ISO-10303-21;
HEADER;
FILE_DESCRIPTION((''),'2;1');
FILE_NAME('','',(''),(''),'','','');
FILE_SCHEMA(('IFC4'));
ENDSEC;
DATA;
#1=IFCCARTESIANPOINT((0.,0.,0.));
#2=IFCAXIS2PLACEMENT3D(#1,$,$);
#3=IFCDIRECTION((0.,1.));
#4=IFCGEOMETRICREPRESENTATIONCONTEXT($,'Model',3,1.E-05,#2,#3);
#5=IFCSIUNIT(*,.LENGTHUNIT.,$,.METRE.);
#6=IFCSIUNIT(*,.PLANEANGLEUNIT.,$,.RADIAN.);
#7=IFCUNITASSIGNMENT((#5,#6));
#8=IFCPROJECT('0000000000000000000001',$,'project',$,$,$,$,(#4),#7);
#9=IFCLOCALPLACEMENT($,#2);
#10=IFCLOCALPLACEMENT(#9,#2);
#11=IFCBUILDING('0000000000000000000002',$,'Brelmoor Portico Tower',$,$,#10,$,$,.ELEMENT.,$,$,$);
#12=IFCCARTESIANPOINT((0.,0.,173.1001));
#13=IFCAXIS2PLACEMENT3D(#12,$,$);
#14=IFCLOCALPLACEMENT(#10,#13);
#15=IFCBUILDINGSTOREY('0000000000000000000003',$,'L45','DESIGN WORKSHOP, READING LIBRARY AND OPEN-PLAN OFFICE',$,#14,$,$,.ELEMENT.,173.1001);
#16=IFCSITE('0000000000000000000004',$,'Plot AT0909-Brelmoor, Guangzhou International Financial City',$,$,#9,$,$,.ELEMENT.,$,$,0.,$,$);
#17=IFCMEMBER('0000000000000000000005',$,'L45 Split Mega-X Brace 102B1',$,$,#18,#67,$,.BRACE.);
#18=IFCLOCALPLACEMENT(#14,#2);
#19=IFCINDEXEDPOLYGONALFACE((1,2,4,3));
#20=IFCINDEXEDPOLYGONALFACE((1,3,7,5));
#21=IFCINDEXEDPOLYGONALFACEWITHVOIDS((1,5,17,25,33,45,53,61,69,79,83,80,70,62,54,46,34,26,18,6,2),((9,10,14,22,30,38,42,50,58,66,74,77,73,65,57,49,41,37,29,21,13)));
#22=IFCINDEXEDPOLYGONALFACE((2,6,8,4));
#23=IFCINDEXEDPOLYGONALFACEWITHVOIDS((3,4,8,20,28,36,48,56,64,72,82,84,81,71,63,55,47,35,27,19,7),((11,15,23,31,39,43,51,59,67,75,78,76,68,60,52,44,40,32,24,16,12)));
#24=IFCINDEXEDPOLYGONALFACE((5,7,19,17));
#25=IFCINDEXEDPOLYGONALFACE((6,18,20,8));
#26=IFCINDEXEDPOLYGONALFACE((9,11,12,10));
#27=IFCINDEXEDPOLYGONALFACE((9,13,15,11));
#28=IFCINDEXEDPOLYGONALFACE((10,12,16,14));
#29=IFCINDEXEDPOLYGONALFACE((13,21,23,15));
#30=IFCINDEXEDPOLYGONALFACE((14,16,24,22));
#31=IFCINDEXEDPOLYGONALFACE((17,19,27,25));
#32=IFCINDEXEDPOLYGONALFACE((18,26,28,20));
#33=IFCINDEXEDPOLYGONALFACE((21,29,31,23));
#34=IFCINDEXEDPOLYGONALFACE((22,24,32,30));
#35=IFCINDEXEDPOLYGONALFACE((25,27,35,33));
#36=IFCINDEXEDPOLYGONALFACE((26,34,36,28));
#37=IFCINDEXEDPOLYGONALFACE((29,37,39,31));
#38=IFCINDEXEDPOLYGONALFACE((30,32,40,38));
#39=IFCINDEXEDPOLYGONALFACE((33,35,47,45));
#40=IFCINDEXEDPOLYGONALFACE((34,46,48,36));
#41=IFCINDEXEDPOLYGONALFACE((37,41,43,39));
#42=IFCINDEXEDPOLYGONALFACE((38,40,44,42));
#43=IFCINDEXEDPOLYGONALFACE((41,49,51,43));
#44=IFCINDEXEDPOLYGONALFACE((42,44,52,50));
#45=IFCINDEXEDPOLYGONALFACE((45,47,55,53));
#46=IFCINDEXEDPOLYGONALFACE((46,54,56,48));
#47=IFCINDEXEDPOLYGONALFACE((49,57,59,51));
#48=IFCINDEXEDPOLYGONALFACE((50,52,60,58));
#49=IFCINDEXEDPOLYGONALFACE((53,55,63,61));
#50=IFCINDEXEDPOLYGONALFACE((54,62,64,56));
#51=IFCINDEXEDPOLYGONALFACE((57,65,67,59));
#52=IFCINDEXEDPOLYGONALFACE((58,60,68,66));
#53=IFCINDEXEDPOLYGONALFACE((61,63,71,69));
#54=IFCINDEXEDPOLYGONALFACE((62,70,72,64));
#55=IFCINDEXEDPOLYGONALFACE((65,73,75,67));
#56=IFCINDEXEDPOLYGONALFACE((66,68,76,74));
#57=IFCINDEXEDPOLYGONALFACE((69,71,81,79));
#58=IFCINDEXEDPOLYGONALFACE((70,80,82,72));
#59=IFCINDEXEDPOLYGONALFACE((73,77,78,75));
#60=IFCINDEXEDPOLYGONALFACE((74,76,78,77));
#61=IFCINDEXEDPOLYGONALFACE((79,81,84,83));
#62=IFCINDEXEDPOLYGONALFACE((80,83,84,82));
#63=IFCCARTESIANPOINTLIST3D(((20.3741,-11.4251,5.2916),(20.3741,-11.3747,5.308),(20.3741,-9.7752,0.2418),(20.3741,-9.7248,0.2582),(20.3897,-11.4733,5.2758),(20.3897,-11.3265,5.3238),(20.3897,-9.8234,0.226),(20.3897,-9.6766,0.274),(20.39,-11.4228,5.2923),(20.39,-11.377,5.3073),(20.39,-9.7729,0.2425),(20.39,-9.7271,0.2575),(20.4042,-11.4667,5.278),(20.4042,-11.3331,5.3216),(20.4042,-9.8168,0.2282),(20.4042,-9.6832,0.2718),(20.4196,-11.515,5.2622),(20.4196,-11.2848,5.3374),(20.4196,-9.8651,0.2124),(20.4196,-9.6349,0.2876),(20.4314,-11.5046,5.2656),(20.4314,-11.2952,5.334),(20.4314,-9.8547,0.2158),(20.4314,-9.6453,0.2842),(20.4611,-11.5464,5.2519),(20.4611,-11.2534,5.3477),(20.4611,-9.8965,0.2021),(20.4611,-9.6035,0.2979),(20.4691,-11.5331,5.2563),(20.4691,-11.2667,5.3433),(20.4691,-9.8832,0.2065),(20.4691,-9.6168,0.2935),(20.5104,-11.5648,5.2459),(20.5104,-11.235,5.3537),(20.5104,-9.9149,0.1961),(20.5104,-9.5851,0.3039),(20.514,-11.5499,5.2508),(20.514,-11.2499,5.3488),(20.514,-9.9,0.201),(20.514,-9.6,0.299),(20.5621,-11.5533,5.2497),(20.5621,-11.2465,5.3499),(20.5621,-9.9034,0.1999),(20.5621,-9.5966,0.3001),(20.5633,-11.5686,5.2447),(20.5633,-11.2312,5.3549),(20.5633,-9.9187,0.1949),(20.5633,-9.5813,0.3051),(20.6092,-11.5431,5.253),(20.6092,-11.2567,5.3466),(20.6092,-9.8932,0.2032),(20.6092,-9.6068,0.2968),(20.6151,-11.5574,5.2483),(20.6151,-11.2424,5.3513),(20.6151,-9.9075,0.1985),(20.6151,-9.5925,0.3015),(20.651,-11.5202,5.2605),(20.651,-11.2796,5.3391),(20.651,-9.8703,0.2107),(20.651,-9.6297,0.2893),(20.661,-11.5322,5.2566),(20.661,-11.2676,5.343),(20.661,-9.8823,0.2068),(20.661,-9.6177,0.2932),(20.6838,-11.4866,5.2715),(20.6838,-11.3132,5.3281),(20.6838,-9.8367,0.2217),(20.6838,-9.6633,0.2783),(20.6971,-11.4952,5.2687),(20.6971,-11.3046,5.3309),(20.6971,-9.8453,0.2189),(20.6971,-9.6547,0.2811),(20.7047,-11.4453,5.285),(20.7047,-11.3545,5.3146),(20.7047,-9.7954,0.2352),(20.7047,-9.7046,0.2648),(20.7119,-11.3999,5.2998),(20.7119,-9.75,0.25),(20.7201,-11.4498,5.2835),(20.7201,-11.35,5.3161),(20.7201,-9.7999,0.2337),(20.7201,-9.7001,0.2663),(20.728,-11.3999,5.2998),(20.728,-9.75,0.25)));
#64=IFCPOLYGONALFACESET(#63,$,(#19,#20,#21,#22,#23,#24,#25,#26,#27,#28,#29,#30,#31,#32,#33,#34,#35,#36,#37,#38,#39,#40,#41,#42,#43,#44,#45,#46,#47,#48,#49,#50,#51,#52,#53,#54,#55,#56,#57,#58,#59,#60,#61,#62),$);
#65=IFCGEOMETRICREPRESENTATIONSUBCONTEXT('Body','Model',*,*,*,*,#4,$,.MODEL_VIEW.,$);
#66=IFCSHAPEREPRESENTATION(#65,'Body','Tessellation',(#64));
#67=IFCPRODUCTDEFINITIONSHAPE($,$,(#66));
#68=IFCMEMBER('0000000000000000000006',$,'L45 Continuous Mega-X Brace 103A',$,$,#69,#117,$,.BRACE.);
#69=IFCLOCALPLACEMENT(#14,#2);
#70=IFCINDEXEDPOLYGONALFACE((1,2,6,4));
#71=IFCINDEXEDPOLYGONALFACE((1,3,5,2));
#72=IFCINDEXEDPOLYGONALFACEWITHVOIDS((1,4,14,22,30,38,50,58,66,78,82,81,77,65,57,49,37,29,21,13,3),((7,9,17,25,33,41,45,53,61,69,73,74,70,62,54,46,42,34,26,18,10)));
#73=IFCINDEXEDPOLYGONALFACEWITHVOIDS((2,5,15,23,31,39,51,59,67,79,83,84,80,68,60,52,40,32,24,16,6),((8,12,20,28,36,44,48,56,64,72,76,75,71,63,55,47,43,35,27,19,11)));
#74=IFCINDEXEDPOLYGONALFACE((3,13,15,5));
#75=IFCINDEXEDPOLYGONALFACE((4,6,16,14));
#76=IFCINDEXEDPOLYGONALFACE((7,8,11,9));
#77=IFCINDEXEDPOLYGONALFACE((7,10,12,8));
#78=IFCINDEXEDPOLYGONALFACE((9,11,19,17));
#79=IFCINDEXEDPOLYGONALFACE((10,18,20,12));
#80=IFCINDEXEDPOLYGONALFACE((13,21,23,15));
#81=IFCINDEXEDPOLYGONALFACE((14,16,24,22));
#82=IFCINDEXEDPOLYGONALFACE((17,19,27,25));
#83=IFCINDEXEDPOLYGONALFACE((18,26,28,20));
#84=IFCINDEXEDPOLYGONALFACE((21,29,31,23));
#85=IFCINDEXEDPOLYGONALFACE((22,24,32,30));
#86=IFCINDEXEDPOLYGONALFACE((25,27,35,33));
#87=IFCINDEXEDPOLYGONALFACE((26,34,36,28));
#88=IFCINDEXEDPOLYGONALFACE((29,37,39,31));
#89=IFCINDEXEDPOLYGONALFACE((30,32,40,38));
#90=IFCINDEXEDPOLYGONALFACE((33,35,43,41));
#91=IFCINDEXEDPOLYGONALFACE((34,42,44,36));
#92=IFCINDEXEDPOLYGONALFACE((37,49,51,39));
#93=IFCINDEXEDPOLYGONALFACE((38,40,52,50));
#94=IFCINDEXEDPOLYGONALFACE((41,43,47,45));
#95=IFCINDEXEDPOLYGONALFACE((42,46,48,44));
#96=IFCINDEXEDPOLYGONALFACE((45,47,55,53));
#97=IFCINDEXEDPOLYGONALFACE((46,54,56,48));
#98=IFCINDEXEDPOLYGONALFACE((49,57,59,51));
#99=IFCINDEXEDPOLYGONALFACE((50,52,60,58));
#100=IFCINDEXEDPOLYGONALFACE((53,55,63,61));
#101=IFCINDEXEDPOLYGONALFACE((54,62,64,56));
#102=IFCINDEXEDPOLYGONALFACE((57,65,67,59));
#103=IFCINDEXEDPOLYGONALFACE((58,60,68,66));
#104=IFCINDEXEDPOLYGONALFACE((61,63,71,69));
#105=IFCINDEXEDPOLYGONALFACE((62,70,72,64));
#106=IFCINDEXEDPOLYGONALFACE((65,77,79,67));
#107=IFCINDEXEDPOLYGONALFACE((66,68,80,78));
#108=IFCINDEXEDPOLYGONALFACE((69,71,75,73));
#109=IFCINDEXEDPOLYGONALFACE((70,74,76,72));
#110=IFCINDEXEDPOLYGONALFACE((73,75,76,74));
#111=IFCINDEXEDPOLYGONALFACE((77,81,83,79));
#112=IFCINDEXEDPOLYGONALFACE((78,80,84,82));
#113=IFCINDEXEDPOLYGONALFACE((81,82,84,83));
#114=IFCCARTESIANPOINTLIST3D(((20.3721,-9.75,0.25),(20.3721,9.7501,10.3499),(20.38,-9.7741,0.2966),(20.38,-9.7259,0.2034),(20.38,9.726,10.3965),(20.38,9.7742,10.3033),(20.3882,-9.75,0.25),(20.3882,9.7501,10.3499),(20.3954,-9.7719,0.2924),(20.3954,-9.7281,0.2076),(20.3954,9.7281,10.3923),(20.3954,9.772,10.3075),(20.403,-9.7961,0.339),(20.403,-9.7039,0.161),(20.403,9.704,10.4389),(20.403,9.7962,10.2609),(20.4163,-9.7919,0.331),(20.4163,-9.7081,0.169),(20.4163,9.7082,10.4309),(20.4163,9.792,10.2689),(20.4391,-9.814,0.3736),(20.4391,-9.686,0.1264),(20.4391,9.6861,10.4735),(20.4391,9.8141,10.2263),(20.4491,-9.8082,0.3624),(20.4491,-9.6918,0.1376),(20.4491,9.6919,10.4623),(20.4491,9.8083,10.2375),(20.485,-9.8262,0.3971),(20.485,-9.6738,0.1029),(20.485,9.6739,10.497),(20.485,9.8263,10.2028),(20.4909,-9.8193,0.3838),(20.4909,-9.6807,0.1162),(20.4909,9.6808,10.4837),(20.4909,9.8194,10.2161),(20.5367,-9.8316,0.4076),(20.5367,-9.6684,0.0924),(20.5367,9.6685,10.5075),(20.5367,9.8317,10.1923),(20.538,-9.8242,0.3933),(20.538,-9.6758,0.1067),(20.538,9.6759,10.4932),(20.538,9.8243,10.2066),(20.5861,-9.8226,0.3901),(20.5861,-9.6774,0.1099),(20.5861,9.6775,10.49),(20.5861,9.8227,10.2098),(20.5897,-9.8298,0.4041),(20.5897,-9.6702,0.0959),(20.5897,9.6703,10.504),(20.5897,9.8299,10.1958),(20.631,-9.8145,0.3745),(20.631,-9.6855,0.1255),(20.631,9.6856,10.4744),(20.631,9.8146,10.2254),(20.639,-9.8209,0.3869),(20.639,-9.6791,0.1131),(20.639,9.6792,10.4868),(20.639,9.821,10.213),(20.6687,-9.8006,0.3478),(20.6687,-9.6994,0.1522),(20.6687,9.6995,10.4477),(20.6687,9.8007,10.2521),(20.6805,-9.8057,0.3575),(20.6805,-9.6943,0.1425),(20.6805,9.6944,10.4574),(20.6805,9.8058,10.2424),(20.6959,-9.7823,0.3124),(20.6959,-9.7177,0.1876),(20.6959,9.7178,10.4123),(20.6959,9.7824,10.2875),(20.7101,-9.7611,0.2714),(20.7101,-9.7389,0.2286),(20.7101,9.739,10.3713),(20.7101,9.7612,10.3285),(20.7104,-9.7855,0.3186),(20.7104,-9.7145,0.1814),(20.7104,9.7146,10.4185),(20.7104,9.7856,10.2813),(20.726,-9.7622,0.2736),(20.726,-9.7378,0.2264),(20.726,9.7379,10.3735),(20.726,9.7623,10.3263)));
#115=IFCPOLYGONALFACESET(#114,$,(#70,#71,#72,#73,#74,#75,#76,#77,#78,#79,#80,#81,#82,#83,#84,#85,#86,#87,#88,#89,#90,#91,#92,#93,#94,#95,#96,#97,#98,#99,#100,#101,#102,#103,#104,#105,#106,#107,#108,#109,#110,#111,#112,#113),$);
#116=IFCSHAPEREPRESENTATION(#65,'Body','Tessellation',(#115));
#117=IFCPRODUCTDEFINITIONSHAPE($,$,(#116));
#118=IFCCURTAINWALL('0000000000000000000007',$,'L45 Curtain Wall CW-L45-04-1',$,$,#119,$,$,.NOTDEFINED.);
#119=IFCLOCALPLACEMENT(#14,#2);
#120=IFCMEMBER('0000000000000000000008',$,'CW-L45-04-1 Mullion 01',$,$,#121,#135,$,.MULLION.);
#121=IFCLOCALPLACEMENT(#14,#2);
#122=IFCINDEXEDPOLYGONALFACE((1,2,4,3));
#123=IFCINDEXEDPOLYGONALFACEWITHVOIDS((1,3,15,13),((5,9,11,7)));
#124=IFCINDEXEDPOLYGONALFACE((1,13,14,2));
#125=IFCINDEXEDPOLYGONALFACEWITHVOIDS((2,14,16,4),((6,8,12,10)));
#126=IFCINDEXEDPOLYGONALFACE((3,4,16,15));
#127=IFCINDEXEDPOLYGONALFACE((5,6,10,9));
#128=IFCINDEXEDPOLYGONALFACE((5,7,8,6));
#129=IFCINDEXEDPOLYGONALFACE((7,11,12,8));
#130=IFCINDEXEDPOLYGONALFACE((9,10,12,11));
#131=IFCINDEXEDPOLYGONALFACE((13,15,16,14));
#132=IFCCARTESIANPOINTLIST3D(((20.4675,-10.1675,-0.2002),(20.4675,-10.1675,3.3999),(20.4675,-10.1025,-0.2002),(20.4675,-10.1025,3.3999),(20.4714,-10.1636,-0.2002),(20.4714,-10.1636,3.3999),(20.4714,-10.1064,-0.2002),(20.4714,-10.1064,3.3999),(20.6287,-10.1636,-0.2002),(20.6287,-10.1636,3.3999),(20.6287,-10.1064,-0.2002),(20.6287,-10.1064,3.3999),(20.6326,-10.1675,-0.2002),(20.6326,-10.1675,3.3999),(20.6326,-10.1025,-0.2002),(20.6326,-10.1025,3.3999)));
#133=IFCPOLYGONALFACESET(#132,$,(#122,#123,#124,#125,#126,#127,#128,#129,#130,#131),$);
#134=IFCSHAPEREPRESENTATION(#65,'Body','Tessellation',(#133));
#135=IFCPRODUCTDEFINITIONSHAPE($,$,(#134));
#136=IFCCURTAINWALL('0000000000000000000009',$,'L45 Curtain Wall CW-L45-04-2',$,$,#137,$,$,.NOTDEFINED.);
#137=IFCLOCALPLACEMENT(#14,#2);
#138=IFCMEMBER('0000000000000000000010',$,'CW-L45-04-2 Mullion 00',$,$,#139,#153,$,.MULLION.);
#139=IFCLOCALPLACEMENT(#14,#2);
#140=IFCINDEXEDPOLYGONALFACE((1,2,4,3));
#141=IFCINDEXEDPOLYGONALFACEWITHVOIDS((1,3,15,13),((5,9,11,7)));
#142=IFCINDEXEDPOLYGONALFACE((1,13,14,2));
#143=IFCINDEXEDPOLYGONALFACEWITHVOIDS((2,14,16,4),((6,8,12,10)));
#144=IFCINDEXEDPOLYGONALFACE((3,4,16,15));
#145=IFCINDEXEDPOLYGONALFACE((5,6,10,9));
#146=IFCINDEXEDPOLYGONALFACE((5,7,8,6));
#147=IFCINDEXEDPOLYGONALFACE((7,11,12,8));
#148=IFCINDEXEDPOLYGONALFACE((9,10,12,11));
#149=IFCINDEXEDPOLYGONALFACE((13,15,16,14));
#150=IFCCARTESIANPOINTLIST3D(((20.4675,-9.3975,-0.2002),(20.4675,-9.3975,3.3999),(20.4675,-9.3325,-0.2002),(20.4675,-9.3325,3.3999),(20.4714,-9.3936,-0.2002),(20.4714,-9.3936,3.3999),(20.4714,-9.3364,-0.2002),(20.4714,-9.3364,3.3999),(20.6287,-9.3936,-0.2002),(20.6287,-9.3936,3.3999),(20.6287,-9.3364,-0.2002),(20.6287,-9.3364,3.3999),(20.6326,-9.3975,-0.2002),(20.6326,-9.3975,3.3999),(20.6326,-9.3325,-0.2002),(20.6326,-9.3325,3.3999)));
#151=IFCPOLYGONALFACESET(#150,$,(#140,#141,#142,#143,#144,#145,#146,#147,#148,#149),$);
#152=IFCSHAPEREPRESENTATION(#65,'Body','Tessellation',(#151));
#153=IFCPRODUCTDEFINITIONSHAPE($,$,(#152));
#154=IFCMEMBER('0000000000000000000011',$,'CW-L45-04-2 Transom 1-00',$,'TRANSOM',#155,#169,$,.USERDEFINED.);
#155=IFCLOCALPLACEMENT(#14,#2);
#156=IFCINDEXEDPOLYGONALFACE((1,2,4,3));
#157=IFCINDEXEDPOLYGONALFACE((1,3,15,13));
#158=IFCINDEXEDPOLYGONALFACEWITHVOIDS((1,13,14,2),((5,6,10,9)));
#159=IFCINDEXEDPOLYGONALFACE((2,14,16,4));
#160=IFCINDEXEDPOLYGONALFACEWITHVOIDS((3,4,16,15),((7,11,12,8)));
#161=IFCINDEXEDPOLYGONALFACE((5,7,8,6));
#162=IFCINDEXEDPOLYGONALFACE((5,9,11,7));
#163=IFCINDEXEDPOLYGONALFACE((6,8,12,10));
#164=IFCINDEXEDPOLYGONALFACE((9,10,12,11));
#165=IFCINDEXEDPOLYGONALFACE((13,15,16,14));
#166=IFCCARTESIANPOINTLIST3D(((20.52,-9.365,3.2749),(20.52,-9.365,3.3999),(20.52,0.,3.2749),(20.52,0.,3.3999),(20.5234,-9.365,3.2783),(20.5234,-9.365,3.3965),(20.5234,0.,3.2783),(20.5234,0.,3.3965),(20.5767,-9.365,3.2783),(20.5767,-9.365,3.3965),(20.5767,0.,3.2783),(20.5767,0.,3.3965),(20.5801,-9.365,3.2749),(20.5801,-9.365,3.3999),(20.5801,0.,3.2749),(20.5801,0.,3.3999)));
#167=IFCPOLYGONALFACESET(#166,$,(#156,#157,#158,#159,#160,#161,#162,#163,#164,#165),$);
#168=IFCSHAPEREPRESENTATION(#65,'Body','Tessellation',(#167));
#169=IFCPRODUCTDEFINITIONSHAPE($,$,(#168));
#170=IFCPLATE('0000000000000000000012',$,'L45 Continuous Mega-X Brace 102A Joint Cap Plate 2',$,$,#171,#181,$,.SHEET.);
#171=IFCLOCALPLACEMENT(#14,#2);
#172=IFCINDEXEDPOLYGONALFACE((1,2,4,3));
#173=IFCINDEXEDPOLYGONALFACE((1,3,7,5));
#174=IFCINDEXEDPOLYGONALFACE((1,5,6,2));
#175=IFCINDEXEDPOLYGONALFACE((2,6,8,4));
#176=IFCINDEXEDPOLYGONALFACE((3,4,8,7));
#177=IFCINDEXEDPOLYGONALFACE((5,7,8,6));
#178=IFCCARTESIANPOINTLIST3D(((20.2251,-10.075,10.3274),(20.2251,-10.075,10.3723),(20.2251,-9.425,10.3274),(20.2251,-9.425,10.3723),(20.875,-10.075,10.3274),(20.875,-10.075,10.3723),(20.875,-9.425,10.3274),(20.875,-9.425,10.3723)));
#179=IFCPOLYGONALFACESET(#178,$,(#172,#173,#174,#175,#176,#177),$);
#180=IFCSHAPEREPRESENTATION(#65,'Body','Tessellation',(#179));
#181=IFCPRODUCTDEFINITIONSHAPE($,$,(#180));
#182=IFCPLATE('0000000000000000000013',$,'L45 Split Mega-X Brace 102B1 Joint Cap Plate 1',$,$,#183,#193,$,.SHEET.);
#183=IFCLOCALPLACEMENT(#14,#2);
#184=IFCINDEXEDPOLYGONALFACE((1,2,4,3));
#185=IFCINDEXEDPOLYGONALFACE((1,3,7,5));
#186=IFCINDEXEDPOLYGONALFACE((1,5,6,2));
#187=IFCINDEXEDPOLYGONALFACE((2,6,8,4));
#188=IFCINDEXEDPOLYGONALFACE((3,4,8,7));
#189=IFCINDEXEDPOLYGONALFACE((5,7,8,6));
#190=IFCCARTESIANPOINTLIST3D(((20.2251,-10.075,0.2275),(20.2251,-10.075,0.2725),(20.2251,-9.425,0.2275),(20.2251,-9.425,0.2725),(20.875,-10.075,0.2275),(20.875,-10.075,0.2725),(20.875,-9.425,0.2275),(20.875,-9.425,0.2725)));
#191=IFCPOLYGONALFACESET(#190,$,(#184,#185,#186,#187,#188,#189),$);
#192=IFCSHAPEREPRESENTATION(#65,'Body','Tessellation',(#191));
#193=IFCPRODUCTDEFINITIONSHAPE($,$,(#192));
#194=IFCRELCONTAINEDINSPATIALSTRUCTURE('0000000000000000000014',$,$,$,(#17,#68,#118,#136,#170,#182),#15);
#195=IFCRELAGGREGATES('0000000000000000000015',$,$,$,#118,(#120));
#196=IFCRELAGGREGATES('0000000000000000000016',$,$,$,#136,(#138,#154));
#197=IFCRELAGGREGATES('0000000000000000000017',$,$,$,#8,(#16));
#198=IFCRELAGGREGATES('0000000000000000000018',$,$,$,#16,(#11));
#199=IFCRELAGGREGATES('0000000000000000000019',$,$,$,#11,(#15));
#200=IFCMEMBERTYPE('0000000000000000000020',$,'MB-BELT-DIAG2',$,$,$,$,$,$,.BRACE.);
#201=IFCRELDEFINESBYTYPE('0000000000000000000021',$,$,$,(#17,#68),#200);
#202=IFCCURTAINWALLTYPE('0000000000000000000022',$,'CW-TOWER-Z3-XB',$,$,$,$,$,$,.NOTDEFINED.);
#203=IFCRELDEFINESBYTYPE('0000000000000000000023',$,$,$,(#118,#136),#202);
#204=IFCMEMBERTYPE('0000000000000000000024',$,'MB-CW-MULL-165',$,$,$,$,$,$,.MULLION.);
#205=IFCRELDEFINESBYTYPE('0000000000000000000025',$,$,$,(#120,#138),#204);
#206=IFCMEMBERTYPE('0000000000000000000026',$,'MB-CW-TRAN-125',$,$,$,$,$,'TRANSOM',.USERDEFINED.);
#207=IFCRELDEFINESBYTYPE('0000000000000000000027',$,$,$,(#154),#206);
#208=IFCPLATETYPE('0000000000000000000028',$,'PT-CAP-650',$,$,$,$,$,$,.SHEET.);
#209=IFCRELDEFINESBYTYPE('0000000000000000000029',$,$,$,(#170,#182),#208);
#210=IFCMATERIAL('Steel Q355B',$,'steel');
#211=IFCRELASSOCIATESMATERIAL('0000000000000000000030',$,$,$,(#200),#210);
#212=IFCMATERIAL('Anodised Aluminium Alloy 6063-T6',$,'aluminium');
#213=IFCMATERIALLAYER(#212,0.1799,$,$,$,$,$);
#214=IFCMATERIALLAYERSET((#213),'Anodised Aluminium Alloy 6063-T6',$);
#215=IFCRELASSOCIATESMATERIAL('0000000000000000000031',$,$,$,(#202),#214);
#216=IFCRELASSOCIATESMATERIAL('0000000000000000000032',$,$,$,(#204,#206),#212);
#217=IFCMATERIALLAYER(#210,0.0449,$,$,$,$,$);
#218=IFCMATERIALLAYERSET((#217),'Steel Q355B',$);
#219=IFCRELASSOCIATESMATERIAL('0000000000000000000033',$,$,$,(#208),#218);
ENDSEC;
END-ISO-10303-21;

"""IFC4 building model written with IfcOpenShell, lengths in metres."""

from ifc_helpers import new_model, si_unit, direction, frame, origin, origin_2d, place, context, subcontext, project, spatial, rectangle, hollow_rectangle, hollow_circle, extrude, material, layer, layer_set, material_profile, profile_set, type_object, element, aggregate, save


model = new_model("IFC4")

# Units and contexts
model_context = context("Model", 3, precision=1e-05, world=origin(), true_north=direction((0.0, 1.0)))
body_context = subcontext(model_context, "Body", "Model", "MODEL_VIEW")
ifc_project = project(units=[si_unit("LENGTHUNIT", "METRE"), si_unit("PLANEANGLEUNIT", "RADIAN")], contexts=[model_context])

# Site, building, storey
site_placement = place(None, origin())
site = spatial("IfcSite", under=ifc_project, at=site_placement, Name="Plot AT0909-Brelmoor, Guangzhou International Financial City", CompositionType="ELEMENT", RefElevation=0.0)
building_placement = place(site_placement, origin())
building = spatial("IfcBuilding", under=site, at=building_placement, Name="Brelmoor Portico Tower", CompositionType="ELEMENT")
storey_placement = place(building_placement, frame((0.0, 0.0, 173.1001)))
storey = spatial("IfcBuildingStorey", under=building, at=storey_placement, Name="L45", Description="DESIGN WORKSHOP, READING LIBRARY AND OPEN-PLAN OFFICE", CompositionType="ELEMENT", Elevation=173.1001)

# Shared definitions
ifc_material_1 = material(Name="Steel Q355B", Category="steel")

# Members
ifc_material_profile_1 = material_profile(ifc_material_1, hollow_circle(Radius=0.178, WallThickness=0.0161, at=origin_2d()), Name="CHS 356x16")
ifc_profile_set_1 = profile_set([ifc_material_profile_1], Name="Steel Q355B")
member_type_1 = type_object("IfcMemberType", Name="MB-BELT-DIAG2", PredefinedType="BRACE", material=ifc_profile_set_1)
member_1_placement = place(storey_placement, frame((20.55, -9.75, 0.25), z_axis=(0.0, -0.31057, 0.950551), x_axis=(1.0, 0.0, 0.0)))
element("IfcMember", 1, at=member_1_placement, inside=storey, type_object=member_type_1, Name="L45 Split Mega-X Brace 102B1", PredefinedType="BRACE", context=body_context, shape_type="SweptSolid", body=[
    extrude(hollow_circle(Radius=0.178, WallThickness=0.0161, at=origin_2d()), origin(), (0.0, 0.0, 1.0), 5.3125),
])
member_2_placement = place(storey_placement, frame((20.55, -9.75, 0.25), z_axis=(0.0, 0.887964, 0.459913), x_axis=(-1.0, 0.0, 0.0)))
element("IfcMember", 2, at=member_2_placement, inside=storey, type_object=member_type_1, Name="L45 Continuous Mega-X Brace 103A", PredefinedType="BRACE", context=body_context, shape_type="SweptSolid", body=[
    extrude(hollow_circle(Radius=0.178, WallThickness=0.0161, at=origin_2d()), origin(), (0.0, 0.0, 1.0), 21.9604),
])

# Curtain wall, member
ifc_material_2 = material(Name="Anodised Aluminium Alloy 6063-T6", Category="aluminium")
ifc_layer_1 = layer(ifc_material_2, 0.1799)
ifc_layer_set_1 = layer_set([ifc_layer_1], Name="Anodised Aluminium Alloy 6063-T6")
curtain_wall_type = type_object("IfcCurtainWallType", Name="CW-TOWER-Z3-XB", PredefinedType="NOTDEFINED", material=ifc_layer_set_1)
curtain_wall_1_placement = place(storey_placement, origin())
curtain_wall_1 = element("IfcCurtainWall", 3, at=curtain_wall_1_placement, inside=storey, type_object=curtain_wall_type, Name="L45 Curtain Wall CW-L45-04-1", PredefinedType="NOTDEFINED")
ifc_material_profile_2 = material_profile(ifc_material_2, hollow_rectangle(XDim=0.0649, YDim=0.165, WallThickness=0.0039, at=origin_2d()), Name="ALU MULLION 65x165")
ifc_profile_set_2 = profile_set([ifc_material_profile_2], Name="Anodised Aluminium Alloy 6063-T6")
member_type_2 = type_object("IfcMemberType", Name="MB-CW-MULL-165", PredefinedType="MULLION", material=ifc_profile_set_2)
member_3_placement = place(storey_placement, frame((20.55, -10.135, -0.2002), z_axis=(0.0, 0.0, 1.0), x_axis=(0.0, 1.0, 0.0)))
member_3 = element("IfcMember", 4, at=member_3_placement, type_object=member_type_2, Name="CW-L45-04-1 Mullion 01", PredefinedType="MULLION", context=body_context, shape_type="SweptSolid", body=[
    extrude(hollow_rectangle(XDim=0.0649, YDim=0.165, WallThickness=0.0039, at=origin_2d()), origin(), (0.0, 0.0, 1.0), 3.6001),
])

# Curtain wall, members
curtain_wall_2_placement = place(storey_placement, origin())
curtain_wall_2 = element("IfcCurtainWall", 5, at=curtain_wall_2_placement, inside=storey, type_object=curtain_wall_type, Name="L45 Curtain Wall CW-L45-04-2", PredefinedType="NOTDEFINED")
member_4_placement = place(storey_placement, frame((20.55, -9.365, -0.2002), z_axis=(0.0, 0.0, 1.0), x_axis=(0.0, 1.0, 0.0)))
member_4 = element("IfcMember", 6, at=member_4_placement, type_object=member_type_2, Name="CW-L45-04-2 Mullion 00", PredefinedType="MULLION", context=body_context, shape_type="SweptSolid", body=[
    extrude(hollow_rectangle(XDim=0.0649, YDim=0.165, WallThickness=0.0039, at=origin_2d()), origin(), (0.0, 0.0, 1.0), 3.6001),
])
ifc_material_profile_3 = material_profile(ifc_material_2, hollow_rectangle(XDim=0.0601, YDim=0.125, WallThickness=0.0034, at=origin_2d()), Name="ALU TRANSOM 60x125")
ifc_profile_set_3 = profile_set([ifc_material_profile_3], Name="Anodised Aluminium Alloy 6063-T6")
member_type_3 = type_object("IfcMemberType", Name="MB-CW-TRAN-125", ElementType="TRANSOM", PredefinedType="USERDEFINED", material=ifc_profile_set_3)
member_5_placement = place(storey_placement, frame((20.55, -9.365, 3.3374), z_axis=(0.0, 1.0, 0.0), x_axis=(-1.0, 0.0, 0.0)))
member_5 = element("IfcMember", 7, at=member_5_placement, type_object=member_type_3, Name="CW-L45-04-2 Transom 1-00", ObjectType="TRANSOM", PredefinedType="USERDEFINED", context=body_context, shape_type="SweptSolid", body=[
    extrude(hollow_rectangle(XDim=0.0601, YDim=0.125, WallThickness=0.0034, at=origin_2d()), origin(), (0.0, 0.0, 1.0), 9.365),
])

# Plates
ifc_layer_2 = layer(ifc_material_1, 0.0449)
ifc_layer_set_2 = layer_set([ifc_layer_2], Name="Steel Q355B")
plate_type_1 = type_object("IfcPlateType", Name="PT-CAP-650", PredefinedType="SHEET", material=ifc_layer_set_2)
for number, where, z_axis, x_axis, name in (
    (8, (20.55, -9.75, 10.3274), (0.0, 0.0, 1.0), (1.0, 0.0, 0.0), "L45 Continuous Mega-X Brace 102A Joint Cap Plate 2"),
    (9, (20.55, -9.75, 0.2275), (0.0, 0.0, 1.0), (1.0, 0.0, 0.0), "L45 Split Mega-X Brace 102B1 Joint Cap Plate 1"),
):
    element("IfcPlate", number, at=place(storey_placement, frame(where, z_axis=z_axis, x_axis=x_axis)), inside=storey, type_object=plate_type_1, Name=name, PredefinedType="SHEET", context=body_context, shape_type="SweptSolid", body=[
        extrude(rectangle(XDim=0.6499, YDim=0.6499, at=origin_2d()), origin(), (0.0, 0.0, 1.0), 0.0449),
    ])

aggregate(curtain_wall_1, [member_3])
aggregate(curtain_wall_2, [member_4, member_5])

save(model, "model.ifc")
